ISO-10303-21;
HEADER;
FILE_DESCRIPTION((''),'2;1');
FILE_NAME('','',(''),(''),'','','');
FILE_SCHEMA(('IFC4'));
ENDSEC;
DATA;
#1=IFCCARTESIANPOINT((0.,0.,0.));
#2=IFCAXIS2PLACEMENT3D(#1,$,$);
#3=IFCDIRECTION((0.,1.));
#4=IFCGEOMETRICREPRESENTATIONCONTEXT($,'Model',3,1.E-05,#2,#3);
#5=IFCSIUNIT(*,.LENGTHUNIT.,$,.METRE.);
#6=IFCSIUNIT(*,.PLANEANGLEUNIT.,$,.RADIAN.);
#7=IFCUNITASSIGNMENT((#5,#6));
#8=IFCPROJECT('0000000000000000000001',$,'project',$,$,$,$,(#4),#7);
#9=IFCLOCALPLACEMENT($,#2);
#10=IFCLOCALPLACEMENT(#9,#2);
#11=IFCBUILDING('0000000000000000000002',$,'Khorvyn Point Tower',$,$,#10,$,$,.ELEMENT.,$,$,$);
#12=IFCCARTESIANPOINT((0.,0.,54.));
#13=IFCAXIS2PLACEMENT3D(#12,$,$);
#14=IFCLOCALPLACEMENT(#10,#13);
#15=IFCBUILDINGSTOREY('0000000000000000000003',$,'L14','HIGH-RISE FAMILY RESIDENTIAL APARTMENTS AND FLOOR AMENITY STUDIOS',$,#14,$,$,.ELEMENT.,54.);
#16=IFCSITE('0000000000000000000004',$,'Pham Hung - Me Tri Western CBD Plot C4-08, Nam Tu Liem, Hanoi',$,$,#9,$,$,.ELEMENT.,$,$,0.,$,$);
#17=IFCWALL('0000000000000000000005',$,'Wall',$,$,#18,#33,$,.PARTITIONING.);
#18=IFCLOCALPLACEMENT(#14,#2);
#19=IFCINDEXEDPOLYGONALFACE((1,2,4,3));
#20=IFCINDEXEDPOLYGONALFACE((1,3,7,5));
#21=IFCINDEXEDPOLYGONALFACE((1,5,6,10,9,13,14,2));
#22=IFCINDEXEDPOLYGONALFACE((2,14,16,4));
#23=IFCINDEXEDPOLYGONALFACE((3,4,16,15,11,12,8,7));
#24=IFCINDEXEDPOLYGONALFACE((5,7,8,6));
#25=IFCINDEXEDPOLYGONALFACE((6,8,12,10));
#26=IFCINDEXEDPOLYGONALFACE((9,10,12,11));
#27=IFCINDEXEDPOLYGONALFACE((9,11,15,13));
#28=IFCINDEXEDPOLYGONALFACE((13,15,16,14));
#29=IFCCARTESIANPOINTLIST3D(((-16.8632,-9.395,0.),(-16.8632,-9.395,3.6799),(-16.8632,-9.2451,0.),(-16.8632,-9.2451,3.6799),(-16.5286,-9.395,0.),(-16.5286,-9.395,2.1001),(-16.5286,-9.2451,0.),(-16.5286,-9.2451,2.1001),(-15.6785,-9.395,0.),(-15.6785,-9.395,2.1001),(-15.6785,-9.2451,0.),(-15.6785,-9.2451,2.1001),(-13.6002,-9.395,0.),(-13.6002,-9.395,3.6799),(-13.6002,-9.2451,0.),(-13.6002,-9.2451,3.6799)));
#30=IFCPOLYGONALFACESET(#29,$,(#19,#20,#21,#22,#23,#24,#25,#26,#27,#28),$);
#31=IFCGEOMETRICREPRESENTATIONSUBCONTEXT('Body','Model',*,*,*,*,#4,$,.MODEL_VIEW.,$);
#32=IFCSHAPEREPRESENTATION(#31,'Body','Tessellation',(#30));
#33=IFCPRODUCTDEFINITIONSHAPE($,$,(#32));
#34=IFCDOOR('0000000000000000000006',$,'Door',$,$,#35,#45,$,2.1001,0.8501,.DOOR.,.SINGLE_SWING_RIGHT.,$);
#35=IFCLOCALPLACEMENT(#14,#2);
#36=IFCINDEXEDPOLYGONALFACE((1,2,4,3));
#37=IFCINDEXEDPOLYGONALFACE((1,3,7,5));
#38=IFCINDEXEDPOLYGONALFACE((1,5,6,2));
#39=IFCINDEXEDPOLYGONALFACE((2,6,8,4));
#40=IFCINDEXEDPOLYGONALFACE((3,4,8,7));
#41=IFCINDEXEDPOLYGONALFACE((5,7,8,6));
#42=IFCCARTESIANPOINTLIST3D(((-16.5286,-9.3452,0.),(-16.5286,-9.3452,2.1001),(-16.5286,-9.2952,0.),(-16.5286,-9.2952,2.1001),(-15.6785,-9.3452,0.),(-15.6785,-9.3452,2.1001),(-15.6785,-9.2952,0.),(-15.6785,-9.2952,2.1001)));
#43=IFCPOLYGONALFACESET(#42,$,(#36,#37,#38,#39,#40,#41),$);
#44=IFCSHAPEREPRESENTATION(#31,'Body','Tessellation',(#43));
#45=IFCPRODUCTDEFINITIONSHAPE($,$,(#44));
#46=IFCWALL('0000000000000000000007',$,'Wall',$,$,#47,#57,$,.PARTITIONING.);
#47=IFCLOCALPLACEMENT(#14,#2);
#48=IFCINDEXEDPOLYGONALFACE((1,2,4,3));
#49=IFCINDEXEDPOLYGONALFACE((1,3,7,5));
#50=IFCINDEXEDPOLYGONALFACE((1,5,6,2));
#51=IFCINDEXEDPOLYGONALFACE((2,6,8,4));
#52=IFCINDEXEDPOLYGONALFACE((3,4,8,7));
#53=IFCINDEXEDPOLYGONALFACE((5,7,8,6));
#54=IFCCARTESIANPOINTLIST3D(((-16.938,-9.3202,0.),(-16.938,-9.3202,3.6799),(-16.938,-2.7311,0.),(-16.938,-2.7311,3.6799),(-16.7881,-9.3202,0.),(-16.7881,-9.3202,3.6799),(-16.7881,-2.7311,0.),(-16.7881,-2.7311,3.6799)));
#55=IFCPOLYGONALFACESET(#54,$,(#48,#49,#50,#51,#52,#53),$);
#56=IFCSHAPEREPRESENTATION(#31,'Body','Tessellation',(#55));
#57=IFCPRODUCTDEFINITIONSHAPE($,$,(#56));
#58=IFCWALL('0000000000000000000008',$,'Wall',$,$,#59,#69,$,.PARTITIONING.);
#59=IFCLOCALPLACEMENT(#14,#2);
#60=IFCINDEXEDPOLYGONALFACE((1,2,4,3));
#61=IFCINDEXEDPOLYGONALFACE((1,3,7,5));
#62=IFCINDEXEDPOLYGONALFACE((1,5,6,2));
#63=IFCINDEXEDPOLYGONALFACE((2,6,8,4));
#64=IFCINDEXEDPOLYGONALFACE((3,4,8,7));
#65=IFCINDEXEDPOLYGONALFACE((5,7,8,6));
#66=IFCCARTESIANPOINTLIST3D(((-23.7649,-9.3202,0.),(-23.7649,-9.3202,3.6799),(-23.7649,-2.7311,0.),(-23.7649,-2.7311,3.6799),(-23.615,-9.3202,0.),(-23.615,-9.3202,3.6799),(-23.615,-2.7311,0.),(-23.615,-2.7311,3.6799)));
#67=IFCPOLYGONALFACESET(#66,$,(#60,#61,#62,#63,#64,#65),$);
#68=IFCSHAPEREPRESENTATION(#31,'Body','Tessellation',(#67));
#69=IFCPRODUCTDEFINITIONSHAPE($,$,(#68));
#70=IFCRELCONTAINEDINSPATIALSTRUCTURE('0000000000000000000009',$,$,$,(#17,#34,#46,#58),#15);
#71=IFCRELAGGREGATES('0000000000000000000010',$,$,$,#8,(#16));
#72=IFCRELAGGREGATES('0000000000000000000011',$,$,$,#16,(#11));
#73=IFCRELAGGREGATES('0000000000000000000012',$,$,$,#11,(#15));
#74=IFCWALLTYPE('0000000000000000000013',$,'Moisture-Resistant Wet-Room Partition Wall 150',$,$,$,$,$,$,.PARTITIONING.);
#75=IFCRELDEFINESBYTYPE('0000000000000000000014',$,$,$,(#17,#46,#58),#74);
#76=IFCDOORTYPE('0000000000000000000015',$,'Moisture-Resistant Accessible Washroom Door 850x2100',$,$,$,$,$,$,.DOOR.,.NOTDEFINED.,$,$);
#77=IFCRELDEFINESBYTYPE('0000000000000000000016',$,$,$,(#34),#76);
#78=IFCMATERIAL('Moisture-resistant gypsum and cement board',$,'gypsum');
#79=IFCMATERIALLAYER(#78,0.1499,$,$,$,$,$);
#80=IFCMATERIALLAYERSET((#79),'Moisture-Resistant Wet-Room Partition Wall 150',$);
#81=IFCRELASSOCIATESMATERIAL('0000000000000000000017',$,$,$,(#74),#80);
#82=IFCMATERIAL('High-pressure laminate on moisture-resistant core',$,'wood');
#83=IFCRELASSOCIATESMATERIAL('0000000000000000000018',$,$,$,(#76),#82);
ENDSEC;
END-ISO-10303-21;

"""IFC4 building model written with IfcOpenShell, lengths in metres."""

from ifc_helpers import new_model, si_unit, direction, frame, frame_2d, origin, place, context, subcontext, project, spatial, rectangle, extrude, material, layer, layer_set, type_object, element, fill, save


model = new_model("IFC4")

# Units and contexts
model_context = context("Model", 3, precision=1e-05, world=origin(), true_north=direction((0.0, 1.0)))
body_context = subcontext(model_context, "Body", "Model", "MODEL_VIEW")
ifc_project = project(units=[si_unit("LENGTHUNIT", "METRE"), si_unit("PLANEANGLEUNIT", "RADIAN")], contexts=[model_context])

# Site, building, storey
site_placement = place(None, origin())
site = spatial("IfcSite", under=ifc_project, at=site_placement, Name="Pham Hung - Me Tri Western CBD Plot C4-08, Nam Tu Liem, Hanoi", CompositionType="ELEMENT", RefElevation=0.0)
building_placement = place(site_placement, origin())
building = spatial("IfcBuilding", under=site, at=building_placement, Name="Khorvyn Point Tower", CompositionType="ELEMENT")
storey_placement = place(building_placement, frame((0.0, 0.0, 54.0)))
storey = spatial("IfcBuildingStorey", under=building, at=storey_placement, Name="L14", Description="HIGH-RISE FAMILY RESIDENTIAL APARTMENTS AND FLOOR AMENITY STUDIOS", CompositionType="ELEMENT", Elevation=54.0)

# Wall, opening, door
ifc_material_1 = material(Name="Moisture-resistant gypsum and cement board", Category="gypsum")
ifc_layer_1 = layer(ifc_material_1, 0.1499)
ifc_layer_set_1 = layer_set([ifc_layer_1], Name="Moisture-Resistant Wet-Room Partition Wall 150")
wall_type_1 = type_object("IfcWallType", Name="Moisture-Resistant Wet-Room Partition Wall 150", PredefinedType="PARTITIONING", material=ifc_layer_set_1)
ifc_material_2 = material(Name="High-pressure laminate on moisture-resistant core", Category="wood")
door_type_1 = type_object("IfcDoorType", Name="Moisture-Resistant Accessible Washroom Door 850x2100", OperationType="NOTDEFINED", PredefinedType="DOOR", material=ifc_material_2)
wall_1_placement = place(storey_placement, frame((-16.863, -9.3201, 0.0), z_axis=(0.0, 0.0, 1.0), x_axis=(1.0, 0.0, 0.0)))
wall_1 = element("IfcWall", 1, at=wall_1_placement, inside=storey, type_object=wall_type_1, Name="Wall", PredefinedType="PARTITIONING", context=body_context, shape_type="SweptSolid", body=[
    extrude(rectangle(XDim=3.2629, YDim=0.1499, at=frame_2d((1.6313, 0.0))), origin(), (0.0, 0.0, 1.0), 3.6799),
])
opening_1_placement = place(wall_1_placement, frame((0.3345, 0.0, 0.0)))
opening_1 = element("IfcOpeningElement", 2, at=opening_1_placement, cuts=wall_1, PredefinedType="OPENING", context=body_context, shape_type="SweptSolid", body=[
    extrude(rectangle(XDim=0.8501, YDim=2.1001, at=frame_2d((0.425, 1.05))), frame((0.0, 0.085, 0.0), z_axis=(0.0, -1.0, 0.0), x_axis=(1.0, 0.0, 0.0)), (0.0, 0.0, 1.0), 0.1699),
])
door_1_placement = place(opening_1_placement, origin())
door_1 = element("IfcDoor", 3, at=door_1_placement, inside=storey, type_object=door_type_1, Name="Door", OperationType="SINGLE_SWING_RIGHT", OverallHeight=2.1001, OverallWidth=0.8501, PredefinedType="DOOR", context=body_context, shape_type="SweptSolid", body=[
    extrude(rectangle(XDim=0.8501, YDim=2.1001, at=frame_2d((0.425, 1.05))), frame((0.0, 0.0249, 0.0), z_axis=(0.0, -1.0, 0.0), x_axis=(1.0, 0.0, 0.0)), (0.0, 0.0, 1.0), 0.05),
])
fill(opening_1, door_1)

# Walls
for number, where, z_axis, x_axis, name in (
    (4, (-16.863, -9.3201, 0.0), (0.0, 0.0, 1.0), (0.0, 1.0, 0.0), "Wall"),
    (5, (-23.6899, -9.3201, 0.0), (0.0, 0.0, 1.0), (0.0, 1.0, 0.0), "Wall"),
):
    element("IfcWall", number, at=place(storey_placement, frame(where, z_axis=z_axis, x_axis=x_axis)), inside=storey, type_object=wall_type_1, Name=name, PredefinedType="PARTITIONING", context=body_context, shape_type="SweptSolid", body=[
        extrude(rectangle(XDim=6.5891, YDim=0.1499, at=frame_2d((3.2944, 0.0))), origin(), (0.0, 0.0, 1.0), 3.6799),
    ])

save(model, "model.ifc")
